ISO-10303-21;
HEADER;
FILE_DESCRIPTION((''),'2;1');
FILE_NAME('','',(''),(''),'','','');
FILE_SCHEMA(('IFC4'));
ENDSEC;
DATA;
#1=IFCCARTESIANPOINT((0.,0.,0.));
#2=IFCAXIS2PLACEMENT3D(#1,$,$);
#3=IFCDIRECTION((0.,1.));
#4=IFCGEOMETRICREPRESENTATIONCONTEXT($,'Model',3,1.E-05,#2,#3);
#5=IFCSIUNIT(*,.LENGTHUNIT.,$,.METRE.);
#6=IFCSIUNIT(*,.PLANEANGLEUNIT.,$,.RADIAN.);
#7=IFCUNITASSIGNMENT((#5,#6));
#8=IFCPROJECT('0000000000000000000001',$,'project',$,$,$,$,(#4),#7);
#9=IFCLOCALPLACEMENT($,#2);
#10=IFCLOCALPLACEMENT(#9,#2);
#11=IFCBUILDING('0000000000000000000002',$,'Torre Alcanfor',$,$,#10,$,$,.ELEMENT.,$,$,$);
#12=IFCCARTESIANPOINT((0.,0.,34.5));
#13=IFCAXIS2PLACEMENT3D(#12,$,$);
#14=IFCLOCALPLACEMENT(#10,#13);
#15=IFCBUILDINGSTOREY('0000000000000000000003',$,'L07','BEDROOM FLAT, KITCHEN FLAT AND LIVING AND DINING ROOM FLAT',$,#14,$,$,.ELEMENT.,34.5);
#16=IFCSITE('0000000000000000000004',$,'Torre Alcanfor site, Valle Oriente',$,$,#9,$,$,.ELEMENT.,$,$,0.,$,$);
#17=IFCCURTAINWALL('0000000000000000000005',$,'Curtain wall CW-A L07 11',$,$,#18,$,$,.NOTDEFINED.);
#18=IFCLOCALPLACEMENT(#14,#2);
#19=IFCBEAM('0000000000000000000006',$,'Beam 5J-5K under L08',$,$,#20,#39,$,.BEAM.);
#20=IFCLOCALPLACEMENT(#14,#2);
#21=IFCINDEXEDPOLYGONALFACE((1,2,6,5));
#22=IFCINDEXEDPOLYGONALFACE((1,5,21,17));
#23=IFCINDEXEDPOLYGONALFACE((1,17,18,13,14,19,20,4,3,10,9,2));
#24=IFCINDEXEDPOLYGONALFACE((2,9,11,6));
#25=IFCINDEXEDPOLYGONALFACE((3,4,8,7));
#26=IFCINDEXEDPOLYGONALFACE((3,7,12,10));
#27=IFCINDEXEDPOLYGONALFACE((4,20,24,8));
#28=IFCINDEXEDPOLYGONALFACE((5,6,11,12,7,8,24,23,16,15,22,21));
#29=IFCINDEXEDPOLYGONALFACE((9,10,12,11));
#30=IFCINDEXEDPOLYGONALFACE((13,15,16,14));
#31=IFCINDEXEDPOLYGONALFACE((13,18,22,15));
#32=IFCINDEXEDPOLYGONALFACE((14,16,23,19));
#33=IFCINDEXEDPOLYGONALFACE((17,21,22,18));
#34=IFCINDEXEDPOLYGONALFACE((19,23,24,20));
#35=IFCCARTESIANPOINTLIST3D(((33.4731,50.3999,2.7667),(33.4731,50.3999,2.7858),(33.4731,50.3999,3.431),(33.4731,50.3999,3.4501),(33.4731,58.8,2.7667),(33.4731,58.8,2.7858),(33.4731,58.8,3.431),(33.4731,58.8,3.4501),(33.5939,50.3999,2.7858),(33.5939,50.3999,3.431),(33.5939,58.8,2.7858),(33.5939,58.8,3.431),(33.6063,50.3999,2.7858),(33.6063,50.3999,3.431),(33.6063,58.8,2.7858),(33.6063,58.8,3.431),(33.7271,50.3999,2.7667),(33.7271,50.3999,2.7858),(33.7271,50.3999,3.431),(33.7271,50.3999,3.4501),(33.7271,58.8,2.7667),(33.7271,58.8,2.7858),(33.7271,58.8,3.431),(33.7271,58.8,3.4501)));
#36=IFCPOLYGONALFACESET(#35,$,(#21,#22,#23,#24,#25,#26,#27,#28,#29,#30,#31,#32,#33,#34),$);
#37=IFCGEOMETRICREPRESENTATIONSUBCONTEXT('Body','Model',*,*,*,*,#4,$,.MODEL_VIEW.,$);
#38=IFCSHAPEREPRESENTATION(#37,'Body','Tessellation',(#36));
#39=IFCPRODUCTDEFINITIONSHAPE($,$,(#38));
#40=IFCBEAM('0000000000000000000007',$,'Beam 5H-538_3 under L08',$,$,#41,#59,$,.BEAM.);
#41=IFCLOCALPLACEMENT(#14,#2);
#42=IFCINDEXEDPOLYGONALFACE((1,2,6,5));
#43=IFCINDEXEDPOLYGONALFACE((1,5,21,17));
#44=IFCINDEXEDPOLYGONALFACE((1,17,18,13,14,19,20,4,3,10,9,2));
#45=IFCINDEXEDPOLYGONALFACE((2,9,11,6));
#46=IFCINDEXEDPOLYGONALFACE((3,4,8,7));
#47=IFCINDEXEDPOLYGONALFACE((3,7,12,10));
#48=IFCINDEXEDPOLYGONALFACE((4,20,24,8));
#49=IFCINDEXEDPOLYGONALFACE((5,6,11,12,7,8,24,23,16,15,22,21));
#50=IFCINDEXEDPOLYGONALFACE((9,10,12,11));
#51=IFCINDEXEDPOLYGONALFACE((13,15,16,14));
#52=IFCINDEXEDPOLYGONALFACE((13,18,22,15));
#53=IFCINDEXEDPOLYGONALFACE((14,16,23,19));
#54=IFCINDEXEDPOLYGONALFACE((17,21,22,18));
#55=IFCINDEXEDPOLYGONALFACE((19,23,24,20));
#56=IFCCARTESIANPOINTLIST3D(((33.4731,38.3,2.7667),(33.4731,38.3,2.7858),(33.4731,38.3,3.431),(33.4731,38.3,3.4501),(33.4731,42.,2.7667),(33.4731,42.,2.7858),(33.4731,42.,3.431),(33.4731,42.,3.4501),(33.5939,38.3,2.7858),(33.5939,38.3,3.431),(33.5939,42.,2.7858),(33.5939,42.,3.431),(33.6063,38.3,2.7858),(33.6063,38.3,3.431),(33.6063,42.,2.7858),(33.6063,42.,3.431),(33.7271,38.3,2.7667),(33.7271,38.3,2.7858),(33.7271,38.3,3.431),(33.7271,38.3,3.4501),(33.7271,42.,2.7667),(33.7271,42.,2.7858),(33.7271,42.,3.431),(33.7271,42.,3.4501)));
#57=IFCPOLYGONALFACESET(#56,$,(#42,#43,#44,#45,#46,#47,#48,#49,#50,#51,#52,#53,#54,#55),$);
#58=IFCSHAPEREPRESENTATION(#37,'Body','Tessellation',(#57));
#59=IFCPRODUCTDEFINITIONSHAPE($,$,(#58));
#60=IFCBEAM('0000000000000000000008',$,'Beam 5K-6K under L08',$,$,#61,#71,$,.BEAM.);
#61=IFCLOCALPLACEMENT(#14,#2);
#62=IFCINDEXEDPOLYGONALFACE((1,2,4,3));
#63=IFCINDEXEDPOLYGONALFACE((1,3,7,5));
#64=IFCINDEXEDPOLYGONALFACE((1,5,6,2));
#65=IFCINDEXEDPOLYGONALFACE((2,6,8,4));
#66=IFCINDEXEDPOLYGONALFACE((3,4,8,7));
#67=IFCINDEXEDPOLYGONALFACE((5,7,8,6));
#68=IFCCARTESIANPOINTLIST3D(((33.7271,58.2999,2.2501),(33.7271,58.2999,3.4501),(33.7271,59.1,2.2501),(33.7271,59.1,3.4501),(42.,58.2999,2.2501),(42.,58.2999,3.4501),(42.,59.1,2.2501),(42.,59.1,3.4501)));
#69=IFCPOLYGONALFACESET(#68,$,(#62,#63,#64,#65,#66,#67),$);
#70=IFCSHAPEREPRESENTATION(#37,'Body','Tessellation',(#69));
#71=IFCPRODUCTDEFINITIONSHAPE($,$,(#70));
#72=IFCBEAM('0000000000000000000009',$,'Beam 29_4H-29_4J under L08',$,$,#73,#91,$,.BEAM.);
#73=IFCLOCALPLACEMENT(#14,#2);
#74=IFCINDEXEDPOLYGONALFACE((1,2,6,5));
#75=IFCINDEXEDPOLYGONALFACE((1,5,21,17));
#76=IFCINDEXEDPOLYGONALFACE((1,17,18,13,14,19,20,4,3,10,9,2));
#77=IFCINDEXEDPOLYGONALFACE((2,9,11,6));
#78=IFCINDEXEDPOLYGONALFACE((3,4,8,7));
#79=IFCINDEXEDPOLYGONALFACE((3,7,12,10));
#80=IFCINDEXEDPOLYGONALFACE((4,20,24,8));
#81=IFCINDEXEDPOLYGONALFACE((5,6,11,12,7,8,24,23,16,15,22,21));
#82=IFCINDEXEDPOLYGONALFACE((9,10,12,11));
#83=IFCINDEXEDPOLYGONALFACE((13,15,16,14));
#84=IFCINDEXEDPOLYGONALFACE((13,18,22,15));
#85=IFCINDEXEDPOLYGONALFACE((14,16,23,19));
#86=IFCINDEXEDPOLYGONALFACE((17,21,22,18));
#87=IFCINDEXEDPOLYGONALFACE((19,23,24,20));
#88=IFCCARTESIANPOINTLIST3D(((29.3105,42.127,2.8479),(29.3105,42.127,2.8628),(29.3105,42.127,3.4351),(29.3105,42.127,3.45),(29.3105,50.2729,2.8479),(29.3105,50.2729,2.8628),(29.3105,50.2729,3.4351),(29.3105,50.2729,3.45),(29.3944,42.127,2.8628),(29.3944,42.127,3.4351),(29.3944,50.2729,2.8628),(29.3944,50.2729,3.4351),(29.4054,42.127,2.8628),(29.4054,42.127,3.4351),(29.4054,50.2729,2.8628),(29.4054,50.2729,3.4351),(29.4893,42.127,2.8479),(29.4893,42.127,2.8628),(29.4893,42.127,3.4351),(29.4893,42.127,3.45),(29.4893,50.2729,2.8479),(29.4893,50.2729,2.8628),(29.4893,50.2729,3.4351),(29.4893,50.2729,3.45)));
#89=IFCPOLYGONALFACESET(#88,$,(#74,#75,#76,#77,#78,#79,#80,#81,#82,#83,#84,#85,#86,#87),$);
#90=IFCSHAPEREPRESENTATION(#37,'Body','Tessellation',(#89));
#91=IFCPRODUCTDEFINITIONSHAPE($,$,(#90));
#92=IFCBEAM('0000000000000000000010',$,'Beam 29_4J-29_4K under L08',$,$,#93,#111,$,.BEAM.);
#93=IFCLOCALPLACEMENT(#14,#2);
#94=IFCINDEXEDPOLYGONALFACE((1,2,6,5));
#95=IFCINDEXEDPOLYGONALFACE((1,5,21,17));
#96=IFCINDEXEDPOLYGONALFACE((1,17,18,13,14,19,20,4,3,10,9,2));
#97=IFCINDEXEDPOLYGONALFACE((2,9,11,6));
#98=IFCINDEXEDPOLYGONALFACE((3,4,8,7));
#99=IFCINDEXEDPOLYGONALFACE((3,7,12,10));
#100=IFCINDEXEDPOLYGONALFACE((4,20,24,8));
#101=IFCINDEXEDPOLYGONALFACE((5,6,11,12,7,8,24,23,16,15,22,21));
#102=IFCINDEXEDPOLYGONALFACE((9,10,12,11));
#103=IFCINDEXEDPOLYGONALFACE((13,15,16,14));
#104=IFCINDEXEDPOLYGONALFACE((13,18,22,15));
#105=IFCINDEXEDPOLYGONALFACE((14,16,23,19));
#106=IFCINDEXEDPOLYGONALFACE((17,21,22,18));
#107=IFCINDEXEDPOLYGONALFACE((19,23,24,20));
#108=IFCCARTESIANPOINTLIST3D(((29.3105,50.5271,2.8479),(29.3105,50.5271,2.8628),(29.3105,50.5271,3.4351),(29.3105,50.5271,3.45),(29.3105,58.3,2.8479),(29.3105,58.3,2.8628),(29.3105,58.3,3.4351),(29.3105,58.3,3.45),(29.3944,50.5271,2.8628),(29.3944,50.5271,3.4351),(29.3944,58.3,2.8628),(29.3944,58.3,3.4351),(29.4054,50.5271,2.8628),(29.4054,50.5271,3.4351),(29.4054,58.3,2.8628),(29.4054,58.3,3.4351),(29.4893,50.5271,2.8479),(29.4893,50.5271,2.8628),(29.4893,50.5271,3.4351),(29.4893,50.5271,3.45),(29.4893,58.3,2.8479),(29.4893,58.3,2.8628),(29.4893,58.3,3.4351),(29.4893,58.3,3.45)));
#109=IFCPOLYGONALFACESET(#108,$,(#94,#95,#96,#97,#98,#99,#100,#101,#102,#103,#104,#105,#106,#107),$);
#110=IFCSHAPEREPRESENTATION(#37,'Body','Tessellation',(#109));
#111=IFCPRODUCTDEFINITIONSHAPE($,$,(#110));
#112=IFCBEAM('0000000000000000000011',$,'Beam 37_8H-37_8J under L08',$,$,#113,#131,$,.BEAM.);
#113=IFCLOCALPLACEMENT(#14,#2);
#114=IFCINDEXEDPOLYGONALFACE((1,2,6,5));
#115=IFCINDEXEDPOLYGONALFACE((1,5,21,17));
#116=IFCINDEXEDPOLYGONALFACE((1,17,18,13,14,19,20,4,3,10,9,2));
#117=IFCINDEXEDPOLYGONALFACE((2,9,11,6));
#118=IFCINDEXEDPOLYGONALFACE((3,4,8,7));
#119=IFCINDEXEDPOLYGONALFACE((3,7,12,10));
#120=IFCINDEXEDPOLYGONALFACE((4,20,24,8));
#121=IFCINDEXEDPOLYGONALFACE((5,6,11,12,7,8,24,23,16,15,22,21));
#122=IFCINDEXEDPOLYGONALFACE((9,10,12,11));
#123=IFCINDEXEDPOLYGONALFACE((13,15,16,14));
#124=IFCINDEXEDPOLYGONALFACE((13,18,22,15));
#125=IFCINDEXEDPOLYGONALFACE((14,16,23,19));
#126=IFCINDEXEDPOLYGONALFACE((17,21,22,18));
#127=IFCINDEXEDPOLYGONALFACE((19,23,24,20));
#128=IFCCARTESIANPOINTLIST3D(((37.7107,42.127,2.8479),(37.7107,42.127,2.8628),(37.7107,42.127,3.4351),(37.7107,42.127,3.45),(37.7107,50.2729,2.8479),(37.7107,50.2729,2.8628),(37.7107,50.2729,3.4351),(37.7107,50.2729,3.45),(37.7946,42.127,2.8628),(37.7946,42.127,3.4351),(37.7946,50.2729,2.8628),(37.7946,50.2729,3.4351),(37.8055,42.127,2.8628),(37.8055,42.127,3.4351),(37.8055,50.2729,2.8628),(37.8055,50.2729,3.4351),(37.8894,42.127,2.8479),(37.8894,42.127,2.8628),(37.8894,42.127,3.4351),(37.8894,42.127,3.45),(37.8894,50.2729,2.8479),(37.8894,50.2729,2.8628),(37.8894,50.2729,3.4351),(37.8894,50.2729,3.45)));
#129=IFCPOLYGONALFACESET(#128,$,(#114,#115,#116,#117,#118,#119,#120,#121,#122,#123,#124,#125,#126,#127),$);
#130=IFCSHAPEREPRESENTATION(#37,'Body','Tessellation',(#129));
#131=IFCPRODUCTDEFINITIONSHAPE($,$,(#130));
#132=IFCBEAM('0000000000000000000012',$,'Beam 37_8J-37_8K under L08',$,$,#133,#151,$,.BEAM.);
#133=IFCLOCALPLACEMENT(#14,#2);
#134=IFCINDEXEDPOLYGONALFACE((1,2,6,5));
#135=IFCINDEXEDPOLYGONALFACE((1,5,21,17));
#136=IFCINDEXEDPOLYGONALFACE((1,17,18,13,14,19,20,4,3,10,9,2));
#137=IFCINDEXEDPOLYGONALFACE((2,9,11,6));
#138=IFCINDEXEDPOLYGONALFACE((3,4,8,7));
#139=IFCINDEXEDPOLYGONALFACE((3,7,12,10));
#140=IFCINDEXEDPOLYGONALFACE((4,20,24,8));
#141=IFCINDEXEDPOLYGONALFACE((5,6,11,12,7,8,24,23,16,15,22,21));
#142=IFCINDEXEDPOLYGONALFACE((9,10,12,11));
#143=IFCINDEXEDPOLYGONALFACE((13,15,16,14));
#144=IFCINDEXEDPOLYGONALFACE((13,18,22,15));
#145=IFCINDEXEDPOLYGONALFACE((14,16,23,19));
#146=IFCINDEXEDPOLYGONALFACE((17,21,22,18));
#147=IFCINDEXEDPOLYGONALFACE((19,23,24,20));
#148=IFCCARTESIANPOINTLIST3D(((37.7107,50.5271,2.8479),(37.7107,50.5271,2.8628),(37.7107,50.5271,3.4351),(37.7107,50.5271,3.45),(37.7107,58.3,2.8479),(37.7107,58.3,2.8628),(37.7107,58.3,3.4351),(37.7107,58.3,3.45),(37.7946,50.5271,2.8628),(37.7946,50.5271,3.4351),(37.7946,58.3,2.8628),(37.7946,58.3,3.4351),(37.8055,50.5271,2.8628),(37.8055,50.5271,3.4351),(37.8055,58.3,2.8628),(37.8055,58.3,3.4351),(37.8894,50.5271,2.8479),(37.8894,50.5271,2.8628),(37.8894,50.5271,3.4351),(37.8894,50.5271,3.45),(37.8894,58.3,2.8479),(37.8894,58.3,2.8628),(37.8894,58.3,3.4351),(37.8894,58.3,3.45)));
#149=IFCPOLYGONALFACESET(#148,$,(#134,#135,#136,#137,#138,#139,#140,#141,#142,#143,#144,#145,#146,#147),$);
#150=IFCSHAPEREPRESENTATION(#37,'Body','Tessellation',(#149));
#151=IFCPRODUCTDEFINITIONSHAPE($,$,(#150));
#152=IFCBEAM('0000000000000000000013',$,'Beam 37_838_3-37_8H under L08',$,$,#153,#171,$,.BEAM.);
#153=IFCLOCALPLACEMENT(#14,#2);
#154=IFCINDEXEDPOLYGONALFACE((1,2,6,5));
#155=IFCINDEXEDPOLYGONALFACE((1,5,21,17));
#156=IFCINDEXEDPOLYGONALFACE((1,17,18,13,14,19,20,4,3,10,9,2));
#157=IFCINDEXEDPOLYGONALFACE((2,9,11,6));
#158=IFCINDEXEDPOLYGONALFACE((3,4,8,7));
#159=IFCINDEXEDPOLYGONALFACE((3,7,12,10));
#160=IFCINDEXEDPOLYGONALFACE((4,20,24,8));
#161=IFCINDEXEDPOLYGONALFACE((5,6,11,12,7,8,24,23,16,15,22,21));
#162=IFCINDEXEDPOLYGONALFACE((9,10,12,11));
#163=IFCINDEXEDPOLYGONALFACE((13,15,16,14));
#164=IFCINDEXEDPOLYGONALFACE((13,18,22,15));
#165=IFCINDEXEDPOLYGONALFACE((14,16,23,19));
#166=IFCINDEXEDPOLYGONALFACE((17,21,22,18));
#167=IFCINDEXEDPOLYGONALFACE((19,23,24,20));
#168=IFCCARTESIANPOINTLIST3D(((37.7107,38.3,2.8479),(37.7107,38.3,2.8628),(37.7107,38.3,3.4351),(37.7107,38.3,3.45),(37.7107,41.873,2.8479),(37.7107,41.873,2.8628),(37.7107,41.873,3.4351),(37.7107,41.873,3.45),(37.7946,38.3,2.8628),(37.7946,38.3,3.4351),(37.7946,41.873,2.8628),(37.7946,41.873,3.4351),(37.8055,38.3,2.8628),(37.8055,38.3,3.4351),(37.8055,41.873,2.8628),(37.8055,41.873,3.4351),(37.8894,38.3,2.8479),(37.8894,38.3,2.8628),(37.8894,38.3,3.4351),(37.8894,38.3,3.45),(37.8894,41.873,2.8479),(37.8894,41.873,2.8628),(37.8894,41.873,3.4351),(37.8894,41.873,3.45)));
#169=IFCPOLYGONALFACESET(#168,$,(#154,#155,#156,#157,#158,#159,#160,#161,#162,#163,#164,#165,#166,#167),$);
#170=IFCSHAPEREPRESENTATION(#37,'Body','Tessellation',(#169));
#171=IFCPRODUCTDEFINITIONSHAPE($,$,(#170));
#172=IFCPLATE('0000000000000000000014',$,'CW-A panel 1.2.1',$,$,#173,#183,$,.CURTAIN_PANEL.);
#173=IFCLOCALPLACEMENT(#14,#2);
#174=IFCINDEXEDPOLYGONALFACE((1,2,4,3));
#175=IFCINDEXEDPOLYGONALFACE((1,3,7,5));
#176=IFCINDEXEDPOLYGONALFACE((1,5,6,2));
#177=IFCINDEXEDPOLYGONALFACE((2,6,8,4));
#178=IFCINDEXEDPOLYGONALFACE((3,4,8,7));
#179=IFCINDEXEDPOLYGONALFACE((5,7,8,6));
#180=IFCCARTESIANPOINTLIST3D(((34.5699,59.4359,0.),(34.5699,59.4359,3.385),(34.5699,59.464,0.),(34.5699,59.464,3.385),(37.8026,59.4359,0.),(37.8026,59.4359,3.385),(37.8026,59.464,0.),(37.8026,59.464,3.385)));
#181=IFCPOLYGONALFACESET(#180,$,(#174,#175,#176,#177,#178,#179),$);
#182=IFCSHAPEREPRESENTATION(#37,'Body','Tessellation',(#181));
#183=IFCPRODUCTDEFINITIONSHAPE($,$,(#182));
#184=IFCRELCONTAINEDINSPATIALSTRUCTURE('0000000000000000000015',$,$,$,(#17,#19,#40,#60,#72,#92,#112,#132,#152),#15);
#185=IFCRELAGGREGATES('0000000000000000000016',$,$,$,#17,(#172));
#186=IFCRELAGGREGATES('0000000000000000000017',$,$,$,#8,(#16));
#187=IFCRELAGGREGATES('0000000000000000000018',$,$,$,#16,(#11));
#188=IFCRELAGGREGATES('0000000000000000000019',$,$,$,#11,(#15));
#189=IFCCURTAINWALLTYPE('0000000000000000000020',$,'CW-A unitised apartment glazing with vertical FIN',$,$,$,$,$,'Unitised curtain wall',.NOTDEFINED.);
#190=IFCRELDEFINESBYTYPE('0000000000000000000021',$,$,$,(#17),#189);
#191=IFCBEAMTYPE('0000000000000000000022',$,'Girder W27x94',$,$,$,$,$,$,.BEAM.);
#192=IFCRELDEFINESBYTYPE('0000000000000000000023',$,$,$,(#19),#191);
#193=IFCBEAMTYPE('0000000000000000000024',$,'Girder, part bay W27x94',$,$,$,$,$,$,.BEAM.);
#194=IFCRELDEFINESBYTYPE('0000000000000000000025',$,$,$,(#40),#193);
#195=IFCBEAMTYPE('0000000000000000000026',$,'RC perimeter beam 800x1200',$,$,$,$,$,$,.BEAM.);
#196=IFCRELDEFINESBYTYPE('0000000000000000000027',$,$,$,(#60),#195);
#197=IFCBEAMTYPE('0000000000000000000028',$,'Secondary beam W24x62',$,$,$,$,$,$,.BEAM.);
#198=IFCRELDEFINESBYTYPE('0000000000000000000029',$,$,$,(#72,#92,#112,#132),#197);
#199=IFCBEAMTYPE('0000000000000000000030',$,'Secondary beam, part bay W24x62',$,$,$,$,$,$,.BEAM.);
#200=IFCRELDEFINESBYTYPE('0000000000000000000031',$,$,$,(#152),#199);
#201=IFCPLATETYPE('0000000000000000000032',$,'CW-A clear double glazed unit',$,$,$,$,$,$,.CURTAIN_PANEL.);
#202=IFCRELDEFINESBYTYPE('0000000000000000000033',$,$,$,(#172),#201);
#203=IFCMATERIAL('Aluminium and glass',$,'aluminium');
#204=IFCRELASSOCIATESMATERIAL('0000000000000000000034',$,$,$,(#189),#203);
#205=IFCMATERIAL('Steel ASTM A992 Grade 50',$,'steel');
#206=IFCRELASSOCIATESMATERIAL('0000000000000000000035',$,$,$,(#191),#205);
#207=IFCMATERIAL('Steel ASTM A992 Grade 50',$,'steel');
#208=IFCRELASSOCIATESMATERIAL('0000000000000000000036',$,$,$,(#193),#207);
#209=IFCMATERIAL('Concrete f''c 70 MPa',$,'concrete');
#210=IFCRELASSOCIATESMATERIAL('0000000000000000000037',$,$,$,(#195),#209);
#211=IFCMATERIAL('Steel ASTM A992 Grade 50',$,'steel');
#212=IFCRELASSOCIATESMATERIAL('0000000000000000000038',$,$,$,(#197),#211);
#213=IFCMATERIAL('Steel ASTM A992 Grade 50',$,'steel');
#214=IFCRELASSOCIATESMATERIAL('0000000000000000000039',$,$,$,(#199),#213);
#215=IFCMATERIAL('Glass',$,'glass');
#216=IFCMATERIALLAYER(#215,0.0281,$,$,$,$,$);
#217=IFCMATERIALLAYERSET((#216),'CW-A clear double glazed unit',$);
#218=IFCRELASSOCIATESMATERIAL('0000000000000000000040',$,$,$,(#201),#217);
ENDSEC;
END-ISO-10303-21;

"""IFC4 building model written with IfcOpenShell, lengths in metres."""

from ifc_helpers import new_model, si_unit, direction, frame, origin, origin_2d, place, context, subcontext, project, spatial, rectangle, i_section, extrude, material, layer, layer_set, material_profile, profile_set, type_object, element, aggregate, save


model = new_model("IFC4")

# Units and contexts
model_context = context("Model", 3, precision=1e-05, world=origin(), true_north=direction((0.0, 1.0)))
body_context = subcontext(model_context, "Body", "Model", "MODEL_VIEW")
ifc_project = project(units=[si_unit("LENGTHUNIT", "METRE"), si_unit("PLANEANGLEUNIT", "RADIAN")], contexts=[model_context])

# Site, building, storey
site_placement = place(None, origin())
site = spatial("IfcSite", under=ifc_project, at=site_placement, Name="Torre Alcanfor site, Valle Oriente", CompositionType="ELEMENT", RefElevation=0.0)
building_placement = place(site_placement, origin())
building = spatial("IfcBuilding", under=site, at=building_placement, Name="Torre Alcanfor", CompositionType="ELEMENT")
storey_placement = place(building_placement, frame((0.0, 0.0, 34.5)))
storey = spatial("IfcBuildingStorey", under=building, at=storey_placement, Name="L07", Description="BEDROOM FLAT, KITCHEN FLAT AND LIVING AND DINING ROOM FLAT", CompositionType="ELEMENT", Elevation=34.5)

# Curtain wall
ifc_material_1 = material(Name="Aluminium and glass", Category="aluminium")
curtain_wall_type = type_object("IfcCurtainWallType", Name="CW-A unitised apartment glazing with vertical FIN", ElementType="Unitised curtain wall", PredefinedType="NOTDEFINED", material=ifc_material_1)
curtain_wall_placement = place(storey_placement, origin())
curtain_wall = element("IfcCurtainWall", 1, at=curtain_wall_placement, inside=storey, type_object=curtain_wall_type, Name="Curtain wall CW-A L07 11", PredefinedType="NOTDEFINED")

# Beams
ifc_material_2 = material(Name="Steel ASTM A992 Grade 50", Category="steel")
ifc_material_profile_1 = material_profile(ifc_material_2, i_section(OverallWidth=0.2539, OverallDepth=0.6833, WebThickness=0.0125, FlangeThickness=0.019, at=origin_2d()), Name="W27x94")
ifc_profile_set_1 = profile_set([ifc_material_profile_1], Name="Steel ASTM A992 Grade 50")
beam_type_1 = type_object("IfcBeamType", Name="Girder W27x94", PredefinedType="BEAM", material=ifc_profile_set_1)
beam_1_placement = place(storey_placement, frame((33.6001, 50.3999, 3.1084), z_axis=(0.0, 1.0, 0.0), x_axis=(-1.0, 0.0, 0.0)))
element("IfcBeam", 2, at=beam_1_placement, inside=storey, type_object=beam_type_1, Name="Beam 5J-5K under L08", PredefinedType="BEAM", context=body_context, shape_type="SweptSolid", body=[
    extrude(i_section(OverallWidth=0.2539, OverallDepth=0.6833, WebThickness=0.0125, FlangeThickness=0.019, at=origin_2d()), origin(), (0.0, 0.0, 1.0), 8.4001),
])
ifc_material_3 = material(Name="Steel ASTM A992 Grade 50", Category="steel")
ifc_material_profile_2 = material_profile(ifc_material_3, i_section(OverallWidth=0.2539, OverallDepth=0.6833, WebThickness=0.0125, FlangeThickness=0.019, at=origin_2d()), Name="W27x94")
ifc_profile_set_2 = profile_set([ifc_material_profile_2], Name="Steel ASTM A992 Grade 50")
beam_type_2 = type_object("IfcBeamType", Name="Girder, part bay W27x94", PredefinedType="BEAM", material=ifc_profile_set_2)
beam_2_placement = place(storey_placement, frame((33.6001, 42.0, 3.1084), z_axis=(0.0, -1.0, 0.0), x_axis=(1.0, 0.0, 0.0)))
element("IfcBeam", 3, at=beam_2_placement, inside=storey, type_object=beam_type_2, Name="Beam 5H-538_3 under L08", PredefinedType="BEAM", context=body_context, shape_type="SweptSolid", body=[
    extrude(i_section(OverallWidth=0.2539, OverallDepth=0.6833, WebThickness=0.0125, FlangeThickness=0.019, at=origin_2d()), origin(), (0.0, 0.0, 1.0), 3.7),
])
ifc_material_4 = material(Name="Concrete f'c 70 MPa", Category="concrete")
ifc_material_profile_3 = material_profile(ifc_material_4, rectangle(XDim=0.8, YDim=1.2, at=origin_2d()), Name="800x1200")
ifc_profile_set_3 = profile_set([ifc_material_profile_3], Name="Concrete f'c 70 MPa")
beam_type_3 = type_object("IfcBeamType", Name="RC perimeter beam 800x1200", PredefinedType="BEAM", material=ifc_profile_set_3)
beam_3_placement = place(storey_placement, frame((33.7271, 58.7, 2.8501), z_axis=(1.0, 0.0, 0.0), x_axis=(0.0, 1.0, 0.0)))
element("IfcBeam", 4, at=beam_3_placement, inside=storey, type_object=beam_type_3, Name="Beam 5K-6K under L08", PredefinedType="BEAM", context=body_context, shape_type="SweptSolid", body=[
    extrude(rectangle(XDim=0.8, YDim=1.2, at=origin_2d()), origin(), (0.0, 0.0, 1.0), 8.2729),
])
ifc_material_5 = material(Name="Steel ASTM A992 Grade 50", Category="steel")
ifc_material_profile_4 = material_profile(ifc_material_5, i_section(OverallWidth=0.1787, OverallDepth=0.6021, WebThickness=0.011, FlangeThickness=0.0149, at=origin_2d()), Name="W24x62")
ifc_profile_set_4 = profile_set([ifc_material_profile_4], Name="Steel ASTM A992 Grade 50")
beam_type_4 = type_object("IfcBeamType", Name="Secondary beam W24x62", PredefinedType="BEAM", material=ifc_profile_set_4)
beam_4_placement = place(storey_placement, frame((29.3999, 42.127, 3.1489), z_axis=(0.0, 1.0, 0.0), x_axis=(-1.0, 0.0, 0.0)))
element("IfcBeam", 5, at=beam_4_placement, inside=storey, type_object=beam_type_4, Name="Beam 29_4H-29_4J under L08", PredefinedType="BEAM", context=body_context, shape_type="SweptSolid", body=[
    extrude(i_section(OverallWidth=0.1787, OverallDepth=0.6021, WebThickness=0.011, FlangeThickness=0.0149, at=origin_2d()), origin(), (0.0, 0.0, 1.0), 8.146),
])
beam_5_placement = place(storey_placement, frame((29.3999, 50.5271, 3.1489), z_axis=(0.0, 1.0, 0.0), x_axis=(-1.0, 0.0, 0.0)))
element("IfcBeam", 6, at=beam_5_placement, inside=storey, type_object=beam_type_4, Name="Beam 29_4J-29_4K under L08", PredefinedType="BEAM", context=body_context, shape_type="SweptSolid", body=[
    extrude(i_section(OverallWidth=0.1787, OverallDepth=0.6021, WebThickness=0.011, FlangeThickness=0.0149, at=origin_2d()), origin(), (0.0, 0.0, 1.0), 7.7729),
])
beam_6_placement = place(storey_placement, frame((37.8, 42.127, 3.1489), z_axis=(0.0, 1.0, 0.0), x_axis=(-1.0, 0.0, 0.0)))
element("IfcBeam", 7, at=beam_6_placement, inside=storey, type_object=beam_type_4, Name="Beam 37_8H-37_8J under L08", PredefinedType="BEAM", context=body_context, shape_type="SweptSolid", body=[
    extrude(i_section(OverallWidth=0.1787, OverallDepth=0.6021, WebThickness=0.011, FlangeThickness=0.0149, at=origin_2d()), origin(), (0.0, 0.0, 1.0), 8.146),
])
beam_7_placement = place(storey_placement, frame((37.8, 50.5271, 3.1489), z_axis=(0.0, 1.0, 0.0), x_axis=(-1.0, 0.0, 0.0)))
element("IfcBeam", 8, at=beam_7_placement, inside=storey, type_object=beam_type_4, Name="Beam 37_8J-37_8K under L08", PredefinedType="BEAM", context=body_context, shape_type="SweptSolid", body=[
    extrude(i_section(OverallWidth=0.1787, OverallDepth=0.6021, WebThickness=0.011, FlangeThickness=0.0149, at=origin_2d()), origin(), (0.0, 0.0, 1.0), 7.7729),
])
ifc_material_6 = material(Name="Steel ASTM A992 Grade 50", Category="steel")
ifc_material_profile_5 = material_profile(ifc_material_6, i_section(OverallWidth=0.1787, OverallDepth=0.6021, WebThickness=0.011, FlangeThickness=0.0149, at=origin_2d()), Name="W24x62")
ifc_profile_set_5 = profile_set([ifc_material_profile_5], Name="Steel ASTM A992 Grade 50")
beam_type_5 = type_object("IfcBeamType", Name="Secondary beam, part bay W24x62", PredefinedType="BEAM", material=ifc_profile_set_5)
beam_8_placement = place(storey_placement, frame((37.8, 38.3, 3.1489), z_axis=(0.0, 1.0, 0.0), x_axis=(-1.0, 0.0, 0.0)))
element("IfcBeam", 9, at=beam_8_placement, inside=storey, type_object=beam_type_5, Name="Beam 37_838_3-37_8H under L08", PredefinedType="BEAM", context=body_context, shape_type="SweptSolid", body=[
    extrude(i_section(OverallWidth=0.1787, OverallDepth=0.6021, WebThickness=0.011, FlangeThickness=0.0149, at=origin_2d()), origin(), (0.0, 0.0, 1.0), 3.573),
])

# Plate
ifc_material_7 = material(Name="Glass", Category="glass")
ifc_layer_1 = layer(ifc_material_7, 0.0281)
ifc_layer_set_1 = layer_set([ifc_layer_1], Name="CW-A clear double glazed unit")
plate_type = type_object("IfcPlateType", Name="CW-A clear double glazed unit", PredefinedType="CURTAIN_PANEL", material=ifc_layer_set_1)
plate_1_placement = place(storey_placement, frame((36.1863, 59.45, 0.0), z_axis=(0.0, 0.0, 1.0), x_axis=(-1.0, 0.0, 0.0)))
plate_1 = element("IfcPlate", 10, at=plate_1_placement, type_object=plate_type, Name="CW-A panel 1.2.1", PredefinedType="CURTAIN_PANEL", context=body_context, shape_type="SweptSolid", body=[
    extrude(rectangle(XDim=3.2327, YDim=0.0281, at=origin_2d()), origin(), (0.0, 0.0, 1.0), 3.385),
])
aggregate(curtain_wall, [plate_1])

save(model, "model.ifc")
